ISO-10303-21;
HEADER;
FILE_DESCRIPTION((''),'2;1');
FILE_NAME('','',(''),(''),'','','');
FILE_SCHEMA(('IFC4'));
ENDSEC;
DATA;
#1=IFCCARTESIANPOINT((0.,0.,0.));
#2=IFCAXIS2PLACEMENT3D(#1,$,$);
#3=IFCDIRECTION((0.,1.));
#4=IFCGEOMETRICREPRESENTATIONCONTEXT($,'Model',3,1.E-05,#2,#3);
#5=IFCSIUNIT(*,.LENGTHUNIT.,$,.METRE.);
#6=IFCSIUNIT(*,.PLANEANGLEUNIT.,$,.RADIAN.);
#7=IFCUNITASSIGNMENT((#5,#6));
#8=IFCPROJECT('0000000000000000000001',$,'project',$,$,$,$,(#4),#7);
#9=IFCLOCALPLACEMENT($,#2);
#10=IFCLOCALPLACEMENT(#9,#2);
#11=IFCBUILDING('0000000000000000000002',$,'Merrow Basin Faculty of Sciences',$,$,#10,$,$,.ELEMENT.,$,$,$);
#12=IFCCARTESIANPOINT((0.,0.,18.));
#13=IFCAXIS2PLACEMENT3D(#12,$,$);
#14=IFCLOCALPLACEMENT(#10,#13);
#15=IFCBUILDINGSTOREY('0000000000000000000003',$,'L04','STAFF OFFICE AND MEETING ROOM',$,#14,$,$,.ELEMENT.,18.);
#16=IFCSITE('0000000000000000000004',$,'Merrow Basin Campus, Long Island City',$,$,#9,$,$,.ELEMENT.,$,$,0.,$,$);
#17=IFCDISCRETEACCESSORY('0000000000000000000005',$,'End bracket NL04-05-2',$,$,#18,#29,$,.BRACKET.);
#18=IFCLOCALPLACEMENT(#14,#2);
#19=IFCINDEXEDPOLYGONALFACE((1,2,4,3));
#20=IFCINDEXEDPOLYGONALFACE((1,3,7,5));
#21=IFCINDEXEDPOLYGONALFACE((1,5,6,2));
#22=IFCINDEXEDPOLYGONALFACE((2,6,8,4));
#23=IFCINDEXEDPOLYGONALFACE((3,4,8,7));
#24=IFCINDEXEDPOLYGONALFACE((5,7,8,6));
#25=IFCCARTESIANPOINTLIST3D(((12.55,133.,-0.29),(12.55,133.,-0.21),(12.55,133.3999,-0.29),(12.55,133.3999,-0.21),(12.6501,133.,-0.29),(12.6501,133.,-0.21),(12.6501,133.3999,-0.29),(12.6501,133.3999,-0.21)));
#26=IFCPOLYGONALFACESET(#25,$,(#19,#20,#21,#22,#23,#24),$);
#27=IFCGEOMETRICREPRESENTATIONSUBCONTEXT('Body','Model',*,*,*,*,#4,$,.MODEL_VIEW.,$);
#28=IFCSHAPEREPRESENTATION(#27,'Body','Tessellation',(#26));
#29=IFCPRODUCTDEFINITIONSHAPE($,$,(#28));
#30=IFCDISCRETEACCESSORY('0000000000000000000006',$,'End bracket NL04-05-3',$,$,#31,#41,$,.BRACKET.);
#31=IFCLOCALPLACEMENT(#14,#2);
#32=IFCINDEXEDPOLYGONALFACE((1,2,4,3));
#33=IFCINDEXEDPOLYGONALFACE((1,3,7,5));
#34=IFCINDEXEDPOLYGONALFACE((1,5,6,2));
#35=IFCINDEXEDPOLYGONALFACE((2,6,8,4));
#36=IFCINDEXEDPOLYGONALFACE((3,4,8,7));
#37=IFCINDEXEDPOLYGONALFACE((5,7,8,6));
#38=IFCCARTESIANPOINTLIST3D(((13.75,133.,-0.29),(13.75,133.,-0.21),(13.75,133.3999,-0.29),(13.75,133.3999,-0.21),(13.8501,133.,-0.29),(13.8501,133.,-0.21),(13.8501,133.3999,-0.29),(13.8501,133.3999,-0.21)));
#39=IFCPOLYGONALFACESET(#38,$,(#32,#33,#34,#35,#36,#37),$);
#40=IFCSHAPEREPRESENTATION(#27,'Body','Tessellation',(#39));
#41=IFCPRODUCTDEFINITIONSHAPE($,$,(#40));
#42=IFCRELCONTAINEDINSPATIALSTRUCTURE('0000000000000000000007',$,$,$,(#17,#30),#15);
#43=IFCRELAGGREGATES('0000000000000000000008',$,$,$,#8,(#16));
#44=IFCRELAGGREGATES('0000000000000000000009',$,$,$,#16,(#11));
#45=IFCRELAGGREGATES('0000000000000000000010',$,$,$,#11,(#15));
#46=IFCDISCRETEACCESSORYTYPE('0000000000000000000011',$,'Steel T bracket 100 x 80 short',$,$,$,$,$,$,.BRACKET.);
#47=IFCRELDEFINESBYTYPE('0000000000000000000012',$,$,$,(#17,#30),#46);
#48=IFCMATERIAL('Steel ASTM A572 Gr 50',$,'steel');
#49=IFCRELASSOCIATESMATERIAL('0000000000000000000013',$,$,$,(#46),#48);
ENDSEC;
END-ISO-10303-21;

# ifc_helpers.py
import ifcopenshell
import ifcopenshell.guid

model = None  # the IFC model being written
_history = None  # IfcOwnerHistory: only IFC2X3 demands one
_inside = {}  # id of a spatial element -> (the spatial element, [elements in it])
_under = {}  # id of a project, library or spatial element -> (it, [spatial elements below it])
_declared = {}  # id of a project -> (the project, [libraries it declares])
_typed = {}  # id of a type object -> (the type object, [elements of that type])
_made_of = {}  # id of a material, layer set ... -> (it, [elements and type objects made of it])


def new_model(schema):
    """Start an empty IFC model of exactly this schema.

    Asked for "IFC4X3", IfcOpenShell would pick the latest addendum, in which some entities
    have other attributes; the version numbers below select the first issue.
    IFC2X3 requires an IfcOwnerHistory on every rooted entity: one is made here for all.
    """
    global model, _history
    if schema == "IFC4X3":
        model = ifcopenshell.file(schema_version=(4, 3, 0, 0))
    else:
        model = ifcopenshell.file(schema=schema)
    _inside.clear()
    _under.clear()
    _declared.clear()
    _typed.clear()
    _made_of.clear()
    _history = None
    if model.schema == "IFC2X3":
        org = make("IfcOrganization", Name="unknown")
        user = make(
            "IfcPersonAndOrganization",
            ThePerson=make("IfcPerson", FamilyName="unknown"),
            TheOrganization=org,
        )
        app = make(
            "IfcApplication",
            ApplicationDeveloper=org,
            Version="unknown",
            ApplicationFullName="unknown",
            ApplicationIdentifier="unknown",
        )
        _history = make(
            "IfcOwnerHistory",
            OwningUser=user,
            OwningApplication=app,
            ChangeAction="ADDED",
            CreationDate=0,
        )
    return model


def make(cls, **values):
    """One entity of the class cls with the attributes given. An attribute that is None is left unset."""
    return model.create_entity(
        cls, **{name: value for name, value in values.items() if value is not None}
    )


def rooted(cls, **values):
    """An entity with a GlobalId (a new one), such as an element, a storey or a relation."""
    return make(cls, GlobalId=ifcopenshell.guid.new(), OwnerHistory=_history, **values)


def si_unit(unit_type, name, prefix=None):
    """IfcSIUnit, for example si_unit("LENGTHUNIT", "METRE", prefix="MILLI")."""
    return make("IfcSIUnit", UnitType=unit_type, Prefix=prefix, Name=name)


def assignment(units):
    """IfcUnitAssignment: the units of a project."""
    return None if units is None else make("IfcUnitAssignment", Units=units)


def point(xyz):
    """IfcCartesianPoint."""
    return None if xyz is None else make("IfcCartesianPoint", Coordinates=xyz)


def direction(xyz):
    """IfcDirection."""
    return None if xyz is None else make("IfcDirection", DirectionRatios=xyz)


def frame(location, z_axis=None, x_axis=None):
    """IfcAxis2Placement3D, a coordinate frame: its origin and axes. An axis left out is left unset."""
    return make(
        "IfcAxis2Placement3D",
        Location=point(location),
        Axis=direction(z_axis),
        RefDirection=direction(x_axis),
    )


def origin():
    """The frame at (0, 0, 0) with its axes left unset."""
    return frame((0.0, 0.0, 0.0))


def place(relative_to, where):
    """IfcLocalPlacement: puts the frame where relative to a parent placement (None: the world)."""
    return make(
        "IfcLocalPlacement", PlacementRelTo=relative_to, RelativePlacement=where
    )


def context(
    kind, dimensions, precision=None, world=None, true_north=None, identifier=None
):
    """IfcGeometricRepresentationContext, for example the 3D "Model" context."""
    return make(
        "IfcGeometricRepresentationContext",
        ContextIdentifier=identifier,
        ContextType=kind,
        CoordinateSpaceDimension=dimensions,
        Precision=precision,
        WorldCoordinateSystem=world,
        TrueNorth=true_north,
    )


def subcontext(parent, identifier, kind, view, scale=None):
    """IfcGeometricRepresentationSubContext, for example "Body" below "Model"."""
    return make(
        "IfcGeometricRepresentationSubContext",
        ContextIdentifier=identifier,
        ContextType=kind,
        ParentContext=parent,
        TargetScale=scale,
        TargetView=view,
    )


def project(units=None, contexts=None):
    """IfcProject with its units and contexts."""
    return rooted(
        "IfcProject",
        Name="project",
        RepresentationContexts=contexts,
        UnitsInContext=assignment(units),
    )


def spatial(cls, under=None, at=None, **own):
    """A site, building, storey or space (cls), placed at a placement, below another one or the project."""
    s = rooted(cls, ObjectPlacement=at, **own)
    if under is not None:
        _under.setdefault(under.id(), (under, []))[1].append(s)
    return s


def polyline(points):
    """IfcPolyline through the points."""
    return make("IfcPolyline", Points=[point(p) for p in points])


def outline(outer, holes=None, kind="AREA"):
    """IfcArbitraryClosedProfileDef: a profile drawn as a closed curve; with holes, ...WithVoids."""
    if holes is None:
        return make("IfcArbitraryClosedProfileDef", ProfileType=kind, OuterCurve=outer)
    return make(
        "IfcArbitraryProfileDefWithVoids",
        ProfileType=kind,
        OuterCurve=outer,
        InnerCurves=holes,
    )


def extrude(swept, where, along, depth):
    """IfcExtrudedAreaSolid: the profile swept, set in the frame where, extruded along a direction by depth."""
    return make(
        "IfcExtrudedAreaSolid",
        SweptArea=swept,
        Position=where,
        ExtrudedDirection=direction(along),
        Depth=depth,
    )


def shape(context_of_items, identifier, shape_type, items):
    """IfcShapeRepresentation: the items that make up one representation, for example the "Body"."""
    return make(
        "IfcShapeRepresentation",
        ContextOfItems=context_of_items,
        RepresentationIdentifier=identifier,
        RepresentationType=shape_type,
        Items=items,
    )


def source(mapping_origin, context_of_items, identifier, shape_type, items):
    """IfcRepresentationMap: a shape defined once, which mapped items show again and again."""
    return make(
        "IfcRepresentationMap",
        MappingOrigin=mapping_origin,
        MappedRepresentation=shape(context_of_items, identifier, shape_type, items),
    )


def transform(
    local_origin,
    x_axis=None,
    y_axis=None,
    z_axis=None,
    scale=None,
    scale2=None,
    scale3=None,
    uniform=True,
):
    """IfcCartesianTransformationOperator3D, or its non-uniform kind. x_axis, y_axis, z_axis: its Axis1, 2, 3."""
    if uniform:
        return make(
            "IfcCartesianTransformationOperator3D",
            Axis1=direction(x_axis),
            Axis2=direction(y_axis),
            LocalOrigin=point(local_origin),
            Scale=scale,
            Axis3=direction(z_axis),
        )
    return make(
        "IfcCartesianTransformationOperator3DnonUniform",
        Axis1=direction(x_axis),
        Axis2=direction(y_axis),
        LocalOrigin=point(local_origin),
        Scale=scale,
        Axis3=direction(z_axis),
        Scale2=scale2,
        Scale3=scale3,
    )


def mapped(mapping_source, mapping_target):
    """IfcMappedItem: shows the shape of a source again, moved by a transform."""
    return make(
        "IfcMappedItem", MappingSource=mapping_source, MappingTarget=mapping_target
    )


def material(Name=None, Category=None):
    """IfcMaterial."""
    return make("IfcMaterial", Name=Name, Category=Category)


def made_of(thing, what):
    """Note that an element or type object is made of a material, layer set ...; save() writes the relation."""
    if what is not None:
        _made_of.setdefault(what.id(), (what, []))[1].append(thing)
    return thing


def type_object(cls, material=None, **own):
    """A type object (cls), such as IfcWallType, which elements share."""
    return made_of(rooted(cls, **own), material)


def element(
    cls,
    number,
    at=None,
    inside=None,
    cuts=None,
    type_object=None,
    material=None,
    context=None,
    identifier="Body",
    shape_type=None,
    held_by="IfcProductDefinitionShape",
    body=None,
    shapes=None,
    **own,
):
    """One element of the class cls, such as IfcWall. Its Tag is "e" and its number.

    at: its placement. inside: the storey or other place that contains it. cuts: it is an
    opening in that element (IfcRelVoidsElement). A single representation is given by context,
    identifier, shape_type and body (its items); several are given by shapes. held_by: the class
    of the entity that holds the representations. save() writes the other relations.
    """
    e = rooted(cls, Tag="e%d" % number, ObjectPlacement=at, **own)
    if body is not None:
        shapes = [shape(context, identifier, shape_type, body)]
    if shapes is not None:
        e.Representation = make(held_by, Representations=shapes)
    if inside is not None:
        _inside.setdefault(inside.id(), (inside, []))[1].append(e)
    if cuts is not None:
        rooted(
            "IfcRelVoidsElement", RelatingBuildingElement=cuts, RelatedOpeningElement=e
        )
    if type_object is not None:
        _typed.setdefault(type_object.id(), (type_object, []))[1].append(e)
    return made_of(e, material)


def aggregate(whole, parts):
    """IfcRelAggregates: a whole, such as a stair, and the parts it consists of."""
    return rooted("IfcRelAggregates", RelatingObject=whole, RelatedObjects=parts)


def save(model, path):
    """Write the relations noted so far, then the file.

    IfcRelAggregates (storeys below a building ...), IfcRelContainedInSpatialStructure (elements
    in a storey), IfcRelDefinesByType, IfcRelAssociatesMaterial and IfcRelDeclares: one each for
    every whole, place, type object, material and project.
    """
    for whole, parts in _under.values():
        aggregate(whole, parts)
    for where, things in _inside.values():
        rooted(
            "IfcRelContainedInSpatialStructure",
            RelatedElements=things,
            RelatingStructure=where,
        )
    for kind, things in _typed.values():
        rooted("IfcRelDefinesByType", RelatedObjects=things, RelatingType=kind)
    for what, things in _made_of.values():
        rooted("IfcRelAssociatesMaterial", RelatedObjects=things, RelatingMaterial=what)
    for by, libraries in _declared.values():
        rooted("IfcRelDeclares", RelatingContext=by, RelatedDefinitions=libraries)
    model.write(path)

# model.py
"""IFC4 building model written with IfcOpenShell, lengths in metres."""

from ifc_helpers import new_model, si_unit, direction, frame, origin, place, context, subcontext, project, spatial, polyline, outline, extrude, source, transform, mapped, material, type_object, element, save


model = new_model("IFC4")

# Units and contexts
model_context = context("Model", 3, precision=1e-05, world=origin(), true_north=direction((0.0, 1.0)))
body_context = subcontext(model_context, "Body", "Model", "MODEL_VIEW")
ifc_project = project(units=[si_unit("LENGTHUNIT", "METRE"), si_unit("PLANEANGLEUNIT", "RADIAN")], contexts=[model_context])

# Site, building, storey
site_placement = place(None, origin())
site = spatial("IfcSite", under=ifc_project, at=site_placement, Name="Merrow Basin Campus, Long Island City", CompositionType="ELEMENT", RefElevation=0.0)
building_placement = place(site_placement, origin())
building = spatial("IfcBuilding", under=site, at=building_placement, Name="Merrow Basin Faculty of Sciences", CompositionType="ELEMENT")
storey_placement = place(building_placement, frame((0.0, 0.0, 18.0)))
storey = spatial("IfcBuildingStorey", under=building, at=storey_placement, Name="L04", Description="STAFF OFFICE AND MEETING ROOM", CompositionType="ELEMENT", Elevation=18.0)

# Discrete accessories
ifc_material_1 = material(Name="Steel ASTM A572 Gr 50", Category="steel")
discrete_accessory_type = type_object("IfcDiscreteAccessoryType", Name="Steel T bracket 100 x 80 short", PredefinedType="BRACKET", material=ifc_material_1)
shared_shape_1 = source(origin(), body_context, "Body", "SweptSolid", [
    extrude(outline(polyline([(0.0, 0.0), (0.1001, 0.0), (0.1001, 0.0801), (0.0, 0.0801), (0.0, 0.0)])), origin(), (0.0, 0.0, 1.0), 0.3999),
])
for number, where, z_axis, x_axis, name in (
    (1, (12.55, 133.3999, -0.29), (0.0, -1.0, 0.0), (1.0, 0.0, 0.0), "End bracket NL04-05-2"),
    (2, (13.75, 133.3999, -0.29), (0.0, -1.0, 0.0), (1.0, 0.0, 0.0), "End bracket NL04-05-3"),
):
    element("IfcDiscreteAccessory", number, at=place(storey_placement, frame(where, z_axis=z_axis, x_axis=x_axis)), inside=storey, type_object=discrete_accessory_type, Name=name, PredefinedType="BRACKET", context=body_context, shape_type="MappedRepresentation", body=[
        mapped(shared_shape_1, transform((0.0, 0.0, 0.0), scale=1.0)),
    ])

save(model, "model.ifc")
